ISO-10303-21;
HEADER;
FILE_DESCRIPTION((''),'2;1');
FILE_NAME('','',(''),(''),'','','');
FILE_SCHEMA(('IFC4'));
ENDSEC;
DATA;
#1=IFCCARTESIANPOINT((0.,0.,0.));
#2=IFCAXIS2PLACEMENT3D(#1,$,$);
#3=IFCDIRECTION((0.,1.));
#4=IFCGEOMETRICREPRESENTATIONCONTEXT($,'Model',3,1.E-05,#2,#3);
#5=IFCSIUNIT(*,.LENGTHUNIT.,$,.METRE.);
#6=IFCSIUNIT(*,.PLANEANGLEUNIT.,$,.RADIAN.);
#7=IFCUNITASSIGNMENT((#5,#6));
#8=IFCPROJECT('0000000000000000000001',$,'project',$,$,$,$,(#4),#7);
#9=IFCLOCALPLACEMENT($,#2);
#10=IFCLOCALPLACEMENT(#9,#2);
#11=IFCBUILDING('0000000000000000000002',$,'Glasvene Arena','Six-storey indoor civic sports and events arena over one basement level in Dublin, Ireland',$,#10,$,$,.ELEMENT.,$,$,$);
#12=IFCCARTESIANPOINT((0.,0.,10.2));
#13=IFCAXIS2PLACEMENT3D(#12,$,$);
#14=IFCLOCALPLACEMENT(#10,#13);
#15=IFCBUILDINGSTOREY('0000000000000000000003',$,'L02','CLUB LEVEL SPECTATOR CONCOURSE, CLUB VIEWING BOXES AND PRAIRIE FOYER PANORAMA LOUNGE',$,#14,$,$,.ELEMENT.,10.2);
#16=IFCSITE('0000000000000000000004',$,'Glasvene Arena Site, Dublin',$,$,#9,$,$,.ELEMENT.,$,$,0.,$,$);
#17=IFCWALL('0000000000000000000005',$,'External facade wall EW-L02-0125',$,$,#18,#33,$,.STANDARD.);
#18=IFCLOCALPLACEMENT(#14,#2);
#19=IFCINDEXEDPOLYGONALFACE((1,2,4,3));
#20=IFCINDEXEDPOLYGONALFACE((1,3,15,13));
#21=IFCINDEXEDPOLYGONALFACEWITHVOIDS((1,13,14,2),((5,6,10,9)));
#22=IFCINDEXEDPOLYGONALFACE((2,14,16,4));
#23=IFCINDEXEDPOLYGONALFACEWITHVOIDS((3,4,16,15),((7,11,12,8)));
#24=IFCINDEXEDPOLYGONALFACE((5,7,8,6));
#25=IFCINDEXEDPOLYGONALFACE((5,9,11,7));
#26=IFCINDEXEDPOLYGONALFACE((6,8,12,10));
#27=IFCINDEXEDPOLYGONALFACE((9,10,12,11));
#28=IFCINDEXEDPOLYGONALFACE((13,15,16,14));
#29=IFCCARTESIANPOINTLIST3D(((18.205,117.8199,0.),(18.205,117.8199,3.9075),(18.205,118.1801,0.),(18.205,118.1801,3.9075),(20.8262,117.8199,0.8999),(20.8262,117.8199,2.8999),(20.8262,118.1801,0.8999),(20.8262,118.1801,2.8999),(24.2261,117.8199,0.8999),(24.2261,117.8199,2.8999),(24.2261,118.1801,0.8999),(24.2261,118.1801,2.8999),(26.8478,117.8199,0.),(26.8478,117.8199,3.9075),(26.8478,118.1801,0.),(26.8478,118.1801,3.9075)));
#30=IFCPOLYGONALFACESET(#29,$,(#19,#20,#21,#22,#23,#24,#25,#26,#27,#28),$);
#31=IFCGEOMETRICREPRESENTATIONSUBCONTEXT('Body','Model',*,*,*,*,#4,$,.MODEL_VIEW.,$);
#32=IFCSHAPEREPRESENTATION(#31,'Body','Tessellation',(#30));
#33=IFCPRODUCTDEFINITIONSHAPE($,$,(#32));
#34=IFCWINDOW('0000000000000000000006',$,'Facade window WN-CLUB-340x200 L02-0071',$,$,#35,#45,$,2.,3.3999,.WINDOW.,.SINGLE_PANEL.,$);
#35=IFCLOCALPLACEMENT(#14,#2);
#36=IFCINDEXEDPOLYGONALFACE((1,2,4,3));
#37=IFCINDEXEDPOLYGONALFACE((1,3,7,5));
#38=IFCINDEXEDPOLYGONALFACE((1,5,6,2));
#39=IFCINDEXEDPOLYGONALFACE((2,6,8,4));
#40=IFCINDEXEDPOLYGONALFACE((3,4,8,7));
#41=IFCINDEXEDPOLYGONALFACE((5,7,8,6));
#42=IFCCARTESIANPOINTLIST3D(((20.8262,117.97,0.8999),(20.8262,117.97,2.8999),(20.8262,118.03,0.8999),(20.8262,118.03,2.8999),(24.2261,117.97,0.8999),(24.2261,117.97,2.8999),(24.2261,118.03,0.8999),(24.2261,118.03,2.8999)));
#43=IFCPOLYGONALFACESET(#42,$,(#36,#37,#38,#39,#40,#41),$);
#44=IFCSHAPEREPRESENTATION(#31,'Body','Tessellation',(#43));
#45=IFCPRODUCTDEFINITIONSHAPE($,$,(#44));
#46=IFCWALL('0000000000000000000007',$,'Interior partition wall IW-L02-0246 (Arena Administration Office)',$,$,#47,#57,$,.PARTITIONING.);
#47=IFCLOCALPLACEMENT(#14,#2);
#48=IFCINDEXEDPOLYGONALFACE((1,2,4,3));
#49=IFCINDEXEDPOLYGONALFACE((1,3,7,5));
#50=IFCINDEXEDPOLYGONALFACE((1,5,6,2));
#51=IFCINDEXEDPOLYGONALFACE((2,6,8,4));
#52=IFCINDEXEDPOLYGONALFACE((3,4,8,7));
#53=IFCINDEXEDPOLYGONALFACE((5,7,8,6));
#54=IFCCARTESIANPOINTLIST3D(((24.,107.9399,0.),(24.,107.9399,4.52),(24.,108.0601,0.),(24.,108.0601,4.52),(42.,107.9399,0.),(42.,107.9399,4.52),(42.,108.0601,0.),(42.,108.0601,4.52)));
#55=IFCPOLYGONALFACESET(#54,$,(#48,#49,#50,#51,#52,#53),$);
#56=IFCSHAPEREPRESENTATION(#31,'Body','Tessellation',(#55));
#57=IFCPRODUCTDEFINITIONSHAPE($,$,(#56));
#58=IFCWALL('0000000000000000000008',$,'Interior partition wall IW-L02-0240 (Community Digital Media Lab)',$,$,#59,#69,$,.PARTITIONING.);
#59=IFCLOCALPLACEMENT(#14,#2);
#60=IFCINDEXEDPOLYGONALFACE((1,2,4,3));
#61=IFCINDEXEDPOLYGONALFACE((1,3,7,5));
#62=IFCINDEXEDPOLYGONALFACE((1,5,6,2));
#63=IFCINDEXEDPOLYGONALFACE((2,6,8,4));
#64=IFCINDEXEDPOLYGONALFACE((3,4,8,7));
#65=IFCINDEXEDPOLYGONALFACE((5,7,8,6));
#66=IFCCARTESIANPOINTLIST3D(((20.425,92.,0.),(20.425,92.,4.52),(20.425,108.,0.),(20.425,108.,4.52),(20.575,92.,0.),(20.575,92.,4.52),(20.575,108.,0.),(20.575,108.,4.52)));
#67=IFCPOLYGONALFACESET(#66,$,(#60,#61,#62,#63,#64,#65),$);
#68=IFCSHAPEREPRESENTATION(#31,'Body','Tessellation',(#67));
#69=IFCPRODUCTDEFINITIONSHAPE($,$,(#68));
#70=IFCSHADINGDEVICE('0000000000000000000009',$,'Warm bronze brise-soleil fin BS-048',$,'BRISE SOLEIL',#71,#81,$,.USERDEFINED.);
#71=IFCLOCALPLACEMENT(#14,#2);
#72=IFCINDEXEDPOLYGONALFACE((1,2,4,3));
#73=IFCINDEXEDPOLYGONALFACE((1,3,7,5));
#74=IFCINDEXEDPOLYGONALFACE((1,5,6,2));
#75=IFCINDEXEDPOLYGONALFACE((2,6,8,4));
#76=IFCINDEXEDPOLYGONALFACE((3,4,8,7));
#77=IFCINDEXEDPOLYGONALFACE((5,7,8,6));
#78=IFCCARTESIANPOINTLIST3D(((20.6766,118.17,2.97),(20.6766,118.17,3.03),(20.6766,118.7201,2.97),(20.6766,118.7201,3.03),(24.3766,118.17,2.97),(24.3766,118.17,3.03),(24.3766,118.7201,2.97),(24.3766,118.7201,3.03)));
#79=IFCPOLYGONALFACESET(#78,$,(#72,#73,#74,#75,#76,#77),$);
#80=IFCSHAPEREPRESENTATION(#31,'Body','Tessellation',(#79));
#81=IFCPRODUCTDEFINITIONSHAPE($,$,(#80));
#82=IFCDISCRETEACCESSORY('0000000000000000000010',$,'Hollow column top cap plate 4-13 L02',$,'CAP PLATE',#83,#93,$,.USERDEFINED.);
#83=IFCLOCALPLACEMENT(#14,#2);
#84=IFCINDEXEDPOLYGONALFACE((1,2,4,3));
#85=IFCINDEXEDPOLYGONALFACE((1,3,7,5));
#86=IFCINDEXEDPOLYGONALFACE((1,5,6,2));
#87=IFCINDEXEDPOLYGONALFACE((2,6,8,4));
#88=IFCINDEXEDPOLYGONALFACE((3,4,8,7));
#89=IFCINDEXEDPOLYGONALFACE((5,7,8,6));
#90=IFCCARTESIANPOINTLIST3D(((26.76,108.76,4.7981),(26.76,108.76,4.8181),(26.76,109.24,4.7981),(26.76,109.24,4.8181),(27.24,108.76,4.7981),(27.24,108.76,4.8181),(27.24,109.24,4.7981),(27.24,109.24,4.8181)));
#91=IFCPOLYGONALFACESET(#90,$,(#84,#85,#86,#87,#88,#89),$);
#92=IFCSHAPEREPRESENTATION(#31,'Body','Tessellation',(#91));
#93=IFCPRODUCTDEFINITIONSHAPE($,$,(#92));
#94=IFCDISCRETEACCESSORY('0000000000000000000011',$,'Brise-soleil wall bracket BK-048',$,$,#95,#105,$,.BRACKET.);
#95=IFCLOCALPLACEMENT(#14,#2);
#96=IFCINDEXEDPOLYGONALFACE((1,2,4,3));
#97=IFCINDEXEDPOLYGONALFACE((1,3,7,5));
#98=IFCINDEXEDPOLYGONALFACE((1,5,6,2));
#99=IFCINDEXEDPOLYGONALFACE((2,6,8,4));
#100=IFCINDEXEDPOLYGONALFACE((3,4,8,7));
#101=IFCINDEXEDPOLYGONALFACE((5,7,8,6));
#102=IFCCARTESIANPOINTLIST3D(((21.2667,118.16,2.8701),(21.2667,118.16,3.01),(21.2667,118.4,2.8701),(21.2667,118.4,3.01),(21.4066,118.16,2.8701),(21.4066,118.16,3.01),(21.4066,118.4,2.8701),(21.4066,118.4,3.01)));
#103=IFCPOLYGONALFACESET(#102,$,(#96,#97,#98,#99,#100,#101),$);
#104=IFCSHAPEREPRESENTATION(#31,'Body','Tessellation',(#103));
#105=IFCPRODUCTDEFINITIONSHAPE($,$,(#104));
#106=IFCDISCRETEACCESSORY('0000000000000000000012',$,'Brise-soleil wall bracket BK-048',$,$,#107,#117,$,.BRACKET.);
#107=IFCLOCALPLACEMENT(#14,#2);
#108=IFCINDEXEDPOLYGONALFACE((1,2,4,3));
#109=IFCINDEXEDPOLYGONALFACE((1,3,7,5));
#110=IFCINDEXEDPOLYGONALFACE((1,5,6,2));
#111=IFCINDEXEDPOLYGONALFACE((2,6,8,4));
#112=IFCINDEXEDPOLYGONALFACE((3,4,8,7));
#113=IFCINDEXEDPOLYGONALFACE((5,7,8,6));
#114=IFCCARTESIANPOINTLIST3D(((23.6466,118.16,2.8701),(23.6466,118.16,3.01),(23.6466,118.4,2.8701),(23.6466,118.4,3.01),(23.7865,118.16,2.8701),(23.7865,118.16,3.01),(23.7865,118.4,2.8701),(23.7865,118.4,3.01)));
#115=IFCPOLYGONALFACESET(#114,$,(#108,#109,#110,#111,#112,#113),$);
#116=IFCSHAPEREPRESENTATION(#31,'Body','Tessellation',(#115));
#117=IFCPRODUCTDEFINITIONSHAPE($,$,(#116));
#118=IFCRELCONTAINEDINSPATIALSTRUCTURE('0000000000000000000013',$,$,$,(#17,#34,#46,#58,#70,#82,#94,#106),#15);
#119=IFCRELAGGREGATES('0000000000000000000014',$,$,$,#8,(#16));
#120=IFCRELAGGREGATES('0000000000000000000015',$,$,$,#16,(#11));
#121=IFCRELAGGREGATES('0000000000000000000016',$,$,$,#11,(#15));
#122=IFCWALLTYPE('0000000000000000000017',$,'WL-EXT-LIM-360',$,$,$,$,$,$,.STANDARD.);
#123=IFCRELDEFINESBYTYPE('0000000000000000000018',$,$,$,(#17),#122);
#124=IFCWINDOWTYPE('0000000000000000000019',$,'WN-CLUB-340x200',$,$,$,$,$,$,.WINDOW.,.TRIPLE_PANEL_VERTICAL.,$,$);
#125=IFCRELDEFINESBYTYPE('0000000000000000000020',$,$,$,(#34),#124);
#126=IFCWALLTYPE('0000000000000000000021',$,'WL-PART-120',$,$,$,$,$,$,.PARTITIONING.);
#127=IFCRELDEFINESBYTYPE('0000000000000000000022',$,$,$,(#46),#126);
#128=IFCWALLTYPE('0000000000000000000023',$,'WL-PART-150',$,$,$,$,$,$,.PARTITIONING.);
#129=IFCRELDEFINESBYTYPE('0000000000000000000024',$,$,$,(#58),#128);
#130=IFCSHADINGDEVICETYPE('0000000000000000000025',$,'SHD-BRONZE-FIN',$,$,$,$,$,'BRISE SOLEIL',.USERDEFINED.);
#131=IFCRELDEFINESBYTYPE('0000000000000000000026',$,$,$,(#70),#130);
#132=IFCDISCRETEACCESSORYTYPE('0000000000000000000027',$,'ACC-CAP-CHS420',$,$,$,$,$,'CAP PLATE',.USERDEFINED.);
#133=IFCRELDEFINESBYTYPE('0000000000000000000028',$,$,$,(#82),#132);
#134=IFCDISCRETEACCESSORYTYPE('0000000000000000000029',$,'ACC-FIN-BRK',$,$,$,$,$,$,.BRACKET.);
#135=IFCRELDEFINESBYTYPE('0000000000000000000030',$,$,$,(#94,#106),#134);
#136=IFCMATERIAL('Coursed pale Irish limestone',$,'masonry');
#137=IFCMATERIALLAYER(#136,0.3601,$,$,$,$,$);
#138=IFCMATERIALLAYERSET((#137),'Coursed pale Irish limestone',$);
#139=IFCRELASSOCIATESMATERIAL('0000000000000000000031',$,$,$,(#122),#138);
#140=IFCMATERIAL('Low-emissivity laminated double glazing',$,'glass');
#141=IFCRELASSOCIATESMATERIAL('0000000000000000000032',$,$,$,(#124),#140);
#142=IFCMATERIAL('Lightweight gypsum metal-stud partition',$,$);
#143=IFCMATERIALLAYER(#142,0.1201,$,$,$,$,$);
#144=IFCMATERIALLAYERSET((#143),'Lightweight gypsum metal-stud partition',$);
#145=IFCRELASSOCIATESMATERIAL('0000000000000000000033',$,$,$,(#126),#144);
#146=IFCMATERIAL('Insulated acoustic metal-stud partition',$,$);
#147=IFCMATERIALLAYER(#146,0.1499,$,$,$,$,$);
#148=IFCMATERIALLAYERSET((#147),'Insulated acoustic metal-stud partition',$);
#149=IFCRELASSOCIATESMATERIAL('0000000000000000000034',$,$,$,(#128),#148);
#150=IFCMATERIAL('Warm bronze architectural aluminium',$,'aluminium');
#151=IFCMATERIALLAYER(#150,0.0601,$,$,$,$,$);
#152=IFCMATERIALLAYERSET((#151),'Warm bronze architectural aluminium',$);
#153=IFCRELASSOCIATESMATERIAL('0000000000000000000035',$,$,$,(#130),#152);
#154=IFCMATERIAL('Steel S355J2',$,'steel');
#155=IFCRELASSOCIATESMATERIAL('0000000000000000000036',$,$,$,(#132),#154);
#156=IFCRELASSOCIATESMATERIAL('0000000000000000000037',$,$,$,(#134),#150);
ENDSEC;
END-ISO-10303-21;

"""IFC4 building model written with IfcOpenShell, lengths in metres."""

from ifc_helpers import new_model, si_unit, direction, frame, frame_2d, origin, origin_2d, place, context, subcontext, project, spatial, rectangle, extrude, material, layer, layer_set, type_object, element, fill, save


model = new_model("IFC4")

# Units and contexts
model_context = context("Model", 3, precision=1e-05, world=origin(), true_north=direction((0.0, 1.0)))
body_context = subcontext(model_context, "Body", "Model", "MODEL_VIEW")
ifc_project = project(units=[si_unit("LENGTHUNIT", "METRE"), si_unit("PLANEANGLEUNIT", "RADIAN")], contexts=[model_context])

# Site, building, storey
site_placement = place(None, origin())
site = spatial("IfcSite", under=ifc_project, at=site_placement, Name="Glasvene Arena Site, Dublin", CompositionType="ELEMENT", RefElevation=0.0)
building_placement = place(site_placement, origin())
building = spatial("IfcBuilding", under=site, at=building_placement, Name="Glasvene Arena", Description="Six-storey indoor civic sports and events arena over one basement level in Dublin, Ireland", CompositionType="ELEMENT")
storey_placement = place(building_placement, frame((0.0, 0.0, 10.2)))
storey = spatial("IfcBuildingStorey", under=building, at=storey_placement, Name="L02", Description="CLUB LEVEL SPECTATOR CONCOURSE, CLUB VIEWING BOXES AND PRAIRIE FOYER PANORAMA LOUNGE", CompositionType="ELEMENT", Elevation=10.2)

# Shared definitions
ifc_material_1 = material(Name="Steel S355J2", Category="steel")

# Shared definitions
ifc_material_2 = material(Name="Low-emissivity laminated double glazing", Category="glass")

# Wall, opening, window
ifc_material_3 = material(Name="Coursed pale Irish limestone", Category="masonry")
ifc_layer_1 = layer(ifc_material_3, 0.3601)
ifc_layer_set_1 = layer_set([ifc_layer_1], Name="Coursed pale Irish limestone")
wall_type_1 = type_object("IfcWallType", Name="WL-EXT-LIM-360", PredefinedType="STANDARD", material=ifc_layer_set_1)
wall_1_placement = place(storey_placement, frame((18.2051, 118.0, 0.0), z_axis=(0.0, 0.0, 1.0), x_axis=(1.0, 0.0, 0.0)))
wall_1 = element("IfcWall", 1, at=wall_1_placement, inside=storey, type_object=wall_type_1, Name="External facade wall EW-L02-0125", PredefinedType="STANDARD", context=body_context, shape_type="SweptSolid", body=[
    extrude(rectangle(XDim=8.6428, YDim=0.3601, at=frame_2d((4.3213, 0.0))), origin(), (0.0, 0.0, 1.0), 3.9075),
])
opening_placement = place(wall_1_placement, frame((2.6211, 0.0, 0.8999)))
opening = element("IfcOpeningElement", 2, at=opening_placement, cuts=wall_1, PredefinedType="OPENING", context=body_context, shape_type="SweptSolid", body=[
    extrude(rectangle(XDim=3.3999, YDim=2.0, at=frame_2d((1.7, 1.0))), frame((0.0, 0.1899, 0.0), z_axis=(0.0, -1.0, 0.0), x_axis=(1.0, 0.0, 0.0)), (0.0, 0.0, 1.0), 0.3801),
])
window_type = type_object("IfcWindowType", Name="WN-CLUB-340x200", PartitioningType="TRIPLE_PANEL_VERTICAL", PredefinedType="WINDOW", material=ifc_material_2)
window_placement = place(opening_placement, origin())
window = element("IfcWindow", 3, at=window_placement, inside=storey, type_object=window_type, Name="Facade window WN-CLUB-340x200 L02-0071", OverallHeight=2.0, OverallWidth=3.3999, PartitioningType="SINGLE_PANEL", PredefinedType="WINDOW", context=body_context, shape_type="SweptSolid", body=[
    extrude(rectangle(XDim=3.3999, YDim=2.0, at=frame_2d((1.7, 1.0))), frame((0.0, 0.03, 0.0), z_axis=(0.0, -1.0, 0.0), x_axis=(1.0, 0.0, 0.0)), (0.0, 0.0, 1.0), 0.0601),
])
fill(opening, window)

# Walls
ifc_material_4 = material(Name="Lightweight gypsum metal-stud partition")
ifc_layer_2 = layer(ifc_material_4, 0.1201)
ifc_layer_set_2 = layer_set([ifc_layer_2], Name="Lightweight gypsum metal-stud partition")
wall_type_2 = type_object("IfcWallType", Name="WL-PART-120", PredefinedType="PARTITIONING", material=ifc_layer_set_2)
wall_2_placement = place(storey_placement, frame((24.0, 108.0, 0.0), z_axis=(0.0, 0.0, 1.0), x_axis=(1.0, 0.0, 0.0)))
element("IfcWall", 4, at=wall_2_placement, inside=storey, type_object=wall_type_2, Name="Interior partition wall IW-L02-0246 (Arena Administration Office)", PredefinedType="PARTITIONING", context=body_context, shape_type="SweptSolid", body=[
    extrude(rectangle(XDim=18.0, YDim=0.1201, at=frame_2d((9.0, 0.0))), origin(), (0.0, 0.0, 1.0), 4.52),
])
ifc_material_5 = material(Name="Insulated acoustic metal-stud partition")
ifc_layer_3 = layer(ifc_material_5, 0.1499)
ifc_layer_set_3 = layer_set([ifc_layer_3], Name="Insulated acoustic metal-stud partition")
wall_type_3 = type_object("IfcWallType", Name="WL-PART-150", PredefinedType="PARTITIONING", material=ifc_layer_set_3)
wall_3_placement = place(storey_placement, frame((20.5, 108.0, 0.0), z_axis=(0.0, 0.0, 1.0), x_axis=(0.0, -1.0, 0.0)))
element("IfcWall", 5, at=wall_3_placement, inside=storey, type_object=wall_type_3, Name="Interior partition wall IW-L02-0240 (Community Digital Media Lab)", PredefinedType="PARTITIONING", context=body_context, shape_type="SweptSolid", body=[
    extrude(rectangle(XDim=16.0, YDim=0.1499, at=frame_2d((8.0, 0.0))), origin(), (0.0, 0.0, 1.0), 4.52),
])

# Shading device
ifc_material_6 = material(Name="Warm bronze architectural aluminium", Category="aluminium")
ifc_layer_4 = layer(ifc_material_6, 0.0601)
ifc_layer_set_4 = layer_set([ifc_layer_4], Name="Warm bronze architectural aluminium")
shading_device_type = type_object("IfcShadingDeviceType", Name="SHD-BRONZE-FIN", ElementType="BRISE SOLEIL", PredefinedType="USERDEFINED", material=ifc_layer_set_4)
shading_device_placement = place(storey_placement, frame((22.5266, 118.4451, 2.97), z_axis=(0.0, 0.0, 1.0), x_axis=(1.0, 0.0, 0.0)))
element("IfcShadingDevice", 6, at=shading_device_placement, inside=storey, type_object=shading_device_type, Name="Warm bronze brise-soleil fin BS-048", ObjectType="BRISE SOLEIL", PredefinedType="USERDEFINED", context=body_context, shape_type="SweptSolid", body=[
    extrude(rectangle(XDim=3.7, YDim=0.55, at=origin_2d()), origin(), (0.0, 0.0, 1.0), 0.0601),
])

# Discrete accessories
discrete_accessory_type_1 = type_object("IfcDiscreteAccessoryType", Name="ACC-CAP-CHS420", ElementType="CAP PLATE", PredefinedType="USERDEFINED", material=ifc_material_1)
discrete_accessory_placement = place(storey_placement, frame((27.0, 109.0, 4.7981), z_axis=(0.0, 0.0, 1.0), x_axis=(1.0, 0.0, 0.0)))
element("IfcDiscreteAccessory", 7, at=discrete_accessory_placement, inside=storey, type_object=discrete_accessory_type_1, Name="Hollow column top cap plate 4-13 L02", ObjectType="CAP PLATE", PredefinedType="USERDEFINED", context=body_context, shape_type="SweptSolid", body=[
    extrude(rectangle(XDim=0.48, YDim=0.48, at=origin_2d()), origin(), (0.0, 0.0, 1.0), 0.02),
])
discrete_accessory_type_2 = type_object("IfcDiscreteAccessoryType", Name="ACC-FIN-BRK", PredefinedType="BRACKET", material=ifc_material_6)
for number, where, z_axis, x_axis, name in (
    (8, (21.3367, 118.28, 2.8701), (0.0, 0.0, 1.0), (1.0, 0.0, 0.0), "Brise-soleil wall bracket BK-048"),
    (9, (23.7166, 118.28, 2.8701), (0.0, 0.0, 1.0), (1.0, 0.0, 0.0), "Brise-soleil wall bracket BK-048"),
):
    element("IfcDiscreteAccessory", number, at=place(storey_placement, frame(where, z_axis=z_axis, x_axis=x_axis)), inside=storey, type_object=discrete_accessory_type_2, Name=name, PredefinedType="BRACKET", context=body_context, shape_type="SweptSolid", body=[
        extrude(rectangle(XDim=0.1399, YDim=0.24, at=origin_2d()), origin(), (0.0, 0.0, 1.0), 0.1399),
    ])

save(model, "model.ifc")
